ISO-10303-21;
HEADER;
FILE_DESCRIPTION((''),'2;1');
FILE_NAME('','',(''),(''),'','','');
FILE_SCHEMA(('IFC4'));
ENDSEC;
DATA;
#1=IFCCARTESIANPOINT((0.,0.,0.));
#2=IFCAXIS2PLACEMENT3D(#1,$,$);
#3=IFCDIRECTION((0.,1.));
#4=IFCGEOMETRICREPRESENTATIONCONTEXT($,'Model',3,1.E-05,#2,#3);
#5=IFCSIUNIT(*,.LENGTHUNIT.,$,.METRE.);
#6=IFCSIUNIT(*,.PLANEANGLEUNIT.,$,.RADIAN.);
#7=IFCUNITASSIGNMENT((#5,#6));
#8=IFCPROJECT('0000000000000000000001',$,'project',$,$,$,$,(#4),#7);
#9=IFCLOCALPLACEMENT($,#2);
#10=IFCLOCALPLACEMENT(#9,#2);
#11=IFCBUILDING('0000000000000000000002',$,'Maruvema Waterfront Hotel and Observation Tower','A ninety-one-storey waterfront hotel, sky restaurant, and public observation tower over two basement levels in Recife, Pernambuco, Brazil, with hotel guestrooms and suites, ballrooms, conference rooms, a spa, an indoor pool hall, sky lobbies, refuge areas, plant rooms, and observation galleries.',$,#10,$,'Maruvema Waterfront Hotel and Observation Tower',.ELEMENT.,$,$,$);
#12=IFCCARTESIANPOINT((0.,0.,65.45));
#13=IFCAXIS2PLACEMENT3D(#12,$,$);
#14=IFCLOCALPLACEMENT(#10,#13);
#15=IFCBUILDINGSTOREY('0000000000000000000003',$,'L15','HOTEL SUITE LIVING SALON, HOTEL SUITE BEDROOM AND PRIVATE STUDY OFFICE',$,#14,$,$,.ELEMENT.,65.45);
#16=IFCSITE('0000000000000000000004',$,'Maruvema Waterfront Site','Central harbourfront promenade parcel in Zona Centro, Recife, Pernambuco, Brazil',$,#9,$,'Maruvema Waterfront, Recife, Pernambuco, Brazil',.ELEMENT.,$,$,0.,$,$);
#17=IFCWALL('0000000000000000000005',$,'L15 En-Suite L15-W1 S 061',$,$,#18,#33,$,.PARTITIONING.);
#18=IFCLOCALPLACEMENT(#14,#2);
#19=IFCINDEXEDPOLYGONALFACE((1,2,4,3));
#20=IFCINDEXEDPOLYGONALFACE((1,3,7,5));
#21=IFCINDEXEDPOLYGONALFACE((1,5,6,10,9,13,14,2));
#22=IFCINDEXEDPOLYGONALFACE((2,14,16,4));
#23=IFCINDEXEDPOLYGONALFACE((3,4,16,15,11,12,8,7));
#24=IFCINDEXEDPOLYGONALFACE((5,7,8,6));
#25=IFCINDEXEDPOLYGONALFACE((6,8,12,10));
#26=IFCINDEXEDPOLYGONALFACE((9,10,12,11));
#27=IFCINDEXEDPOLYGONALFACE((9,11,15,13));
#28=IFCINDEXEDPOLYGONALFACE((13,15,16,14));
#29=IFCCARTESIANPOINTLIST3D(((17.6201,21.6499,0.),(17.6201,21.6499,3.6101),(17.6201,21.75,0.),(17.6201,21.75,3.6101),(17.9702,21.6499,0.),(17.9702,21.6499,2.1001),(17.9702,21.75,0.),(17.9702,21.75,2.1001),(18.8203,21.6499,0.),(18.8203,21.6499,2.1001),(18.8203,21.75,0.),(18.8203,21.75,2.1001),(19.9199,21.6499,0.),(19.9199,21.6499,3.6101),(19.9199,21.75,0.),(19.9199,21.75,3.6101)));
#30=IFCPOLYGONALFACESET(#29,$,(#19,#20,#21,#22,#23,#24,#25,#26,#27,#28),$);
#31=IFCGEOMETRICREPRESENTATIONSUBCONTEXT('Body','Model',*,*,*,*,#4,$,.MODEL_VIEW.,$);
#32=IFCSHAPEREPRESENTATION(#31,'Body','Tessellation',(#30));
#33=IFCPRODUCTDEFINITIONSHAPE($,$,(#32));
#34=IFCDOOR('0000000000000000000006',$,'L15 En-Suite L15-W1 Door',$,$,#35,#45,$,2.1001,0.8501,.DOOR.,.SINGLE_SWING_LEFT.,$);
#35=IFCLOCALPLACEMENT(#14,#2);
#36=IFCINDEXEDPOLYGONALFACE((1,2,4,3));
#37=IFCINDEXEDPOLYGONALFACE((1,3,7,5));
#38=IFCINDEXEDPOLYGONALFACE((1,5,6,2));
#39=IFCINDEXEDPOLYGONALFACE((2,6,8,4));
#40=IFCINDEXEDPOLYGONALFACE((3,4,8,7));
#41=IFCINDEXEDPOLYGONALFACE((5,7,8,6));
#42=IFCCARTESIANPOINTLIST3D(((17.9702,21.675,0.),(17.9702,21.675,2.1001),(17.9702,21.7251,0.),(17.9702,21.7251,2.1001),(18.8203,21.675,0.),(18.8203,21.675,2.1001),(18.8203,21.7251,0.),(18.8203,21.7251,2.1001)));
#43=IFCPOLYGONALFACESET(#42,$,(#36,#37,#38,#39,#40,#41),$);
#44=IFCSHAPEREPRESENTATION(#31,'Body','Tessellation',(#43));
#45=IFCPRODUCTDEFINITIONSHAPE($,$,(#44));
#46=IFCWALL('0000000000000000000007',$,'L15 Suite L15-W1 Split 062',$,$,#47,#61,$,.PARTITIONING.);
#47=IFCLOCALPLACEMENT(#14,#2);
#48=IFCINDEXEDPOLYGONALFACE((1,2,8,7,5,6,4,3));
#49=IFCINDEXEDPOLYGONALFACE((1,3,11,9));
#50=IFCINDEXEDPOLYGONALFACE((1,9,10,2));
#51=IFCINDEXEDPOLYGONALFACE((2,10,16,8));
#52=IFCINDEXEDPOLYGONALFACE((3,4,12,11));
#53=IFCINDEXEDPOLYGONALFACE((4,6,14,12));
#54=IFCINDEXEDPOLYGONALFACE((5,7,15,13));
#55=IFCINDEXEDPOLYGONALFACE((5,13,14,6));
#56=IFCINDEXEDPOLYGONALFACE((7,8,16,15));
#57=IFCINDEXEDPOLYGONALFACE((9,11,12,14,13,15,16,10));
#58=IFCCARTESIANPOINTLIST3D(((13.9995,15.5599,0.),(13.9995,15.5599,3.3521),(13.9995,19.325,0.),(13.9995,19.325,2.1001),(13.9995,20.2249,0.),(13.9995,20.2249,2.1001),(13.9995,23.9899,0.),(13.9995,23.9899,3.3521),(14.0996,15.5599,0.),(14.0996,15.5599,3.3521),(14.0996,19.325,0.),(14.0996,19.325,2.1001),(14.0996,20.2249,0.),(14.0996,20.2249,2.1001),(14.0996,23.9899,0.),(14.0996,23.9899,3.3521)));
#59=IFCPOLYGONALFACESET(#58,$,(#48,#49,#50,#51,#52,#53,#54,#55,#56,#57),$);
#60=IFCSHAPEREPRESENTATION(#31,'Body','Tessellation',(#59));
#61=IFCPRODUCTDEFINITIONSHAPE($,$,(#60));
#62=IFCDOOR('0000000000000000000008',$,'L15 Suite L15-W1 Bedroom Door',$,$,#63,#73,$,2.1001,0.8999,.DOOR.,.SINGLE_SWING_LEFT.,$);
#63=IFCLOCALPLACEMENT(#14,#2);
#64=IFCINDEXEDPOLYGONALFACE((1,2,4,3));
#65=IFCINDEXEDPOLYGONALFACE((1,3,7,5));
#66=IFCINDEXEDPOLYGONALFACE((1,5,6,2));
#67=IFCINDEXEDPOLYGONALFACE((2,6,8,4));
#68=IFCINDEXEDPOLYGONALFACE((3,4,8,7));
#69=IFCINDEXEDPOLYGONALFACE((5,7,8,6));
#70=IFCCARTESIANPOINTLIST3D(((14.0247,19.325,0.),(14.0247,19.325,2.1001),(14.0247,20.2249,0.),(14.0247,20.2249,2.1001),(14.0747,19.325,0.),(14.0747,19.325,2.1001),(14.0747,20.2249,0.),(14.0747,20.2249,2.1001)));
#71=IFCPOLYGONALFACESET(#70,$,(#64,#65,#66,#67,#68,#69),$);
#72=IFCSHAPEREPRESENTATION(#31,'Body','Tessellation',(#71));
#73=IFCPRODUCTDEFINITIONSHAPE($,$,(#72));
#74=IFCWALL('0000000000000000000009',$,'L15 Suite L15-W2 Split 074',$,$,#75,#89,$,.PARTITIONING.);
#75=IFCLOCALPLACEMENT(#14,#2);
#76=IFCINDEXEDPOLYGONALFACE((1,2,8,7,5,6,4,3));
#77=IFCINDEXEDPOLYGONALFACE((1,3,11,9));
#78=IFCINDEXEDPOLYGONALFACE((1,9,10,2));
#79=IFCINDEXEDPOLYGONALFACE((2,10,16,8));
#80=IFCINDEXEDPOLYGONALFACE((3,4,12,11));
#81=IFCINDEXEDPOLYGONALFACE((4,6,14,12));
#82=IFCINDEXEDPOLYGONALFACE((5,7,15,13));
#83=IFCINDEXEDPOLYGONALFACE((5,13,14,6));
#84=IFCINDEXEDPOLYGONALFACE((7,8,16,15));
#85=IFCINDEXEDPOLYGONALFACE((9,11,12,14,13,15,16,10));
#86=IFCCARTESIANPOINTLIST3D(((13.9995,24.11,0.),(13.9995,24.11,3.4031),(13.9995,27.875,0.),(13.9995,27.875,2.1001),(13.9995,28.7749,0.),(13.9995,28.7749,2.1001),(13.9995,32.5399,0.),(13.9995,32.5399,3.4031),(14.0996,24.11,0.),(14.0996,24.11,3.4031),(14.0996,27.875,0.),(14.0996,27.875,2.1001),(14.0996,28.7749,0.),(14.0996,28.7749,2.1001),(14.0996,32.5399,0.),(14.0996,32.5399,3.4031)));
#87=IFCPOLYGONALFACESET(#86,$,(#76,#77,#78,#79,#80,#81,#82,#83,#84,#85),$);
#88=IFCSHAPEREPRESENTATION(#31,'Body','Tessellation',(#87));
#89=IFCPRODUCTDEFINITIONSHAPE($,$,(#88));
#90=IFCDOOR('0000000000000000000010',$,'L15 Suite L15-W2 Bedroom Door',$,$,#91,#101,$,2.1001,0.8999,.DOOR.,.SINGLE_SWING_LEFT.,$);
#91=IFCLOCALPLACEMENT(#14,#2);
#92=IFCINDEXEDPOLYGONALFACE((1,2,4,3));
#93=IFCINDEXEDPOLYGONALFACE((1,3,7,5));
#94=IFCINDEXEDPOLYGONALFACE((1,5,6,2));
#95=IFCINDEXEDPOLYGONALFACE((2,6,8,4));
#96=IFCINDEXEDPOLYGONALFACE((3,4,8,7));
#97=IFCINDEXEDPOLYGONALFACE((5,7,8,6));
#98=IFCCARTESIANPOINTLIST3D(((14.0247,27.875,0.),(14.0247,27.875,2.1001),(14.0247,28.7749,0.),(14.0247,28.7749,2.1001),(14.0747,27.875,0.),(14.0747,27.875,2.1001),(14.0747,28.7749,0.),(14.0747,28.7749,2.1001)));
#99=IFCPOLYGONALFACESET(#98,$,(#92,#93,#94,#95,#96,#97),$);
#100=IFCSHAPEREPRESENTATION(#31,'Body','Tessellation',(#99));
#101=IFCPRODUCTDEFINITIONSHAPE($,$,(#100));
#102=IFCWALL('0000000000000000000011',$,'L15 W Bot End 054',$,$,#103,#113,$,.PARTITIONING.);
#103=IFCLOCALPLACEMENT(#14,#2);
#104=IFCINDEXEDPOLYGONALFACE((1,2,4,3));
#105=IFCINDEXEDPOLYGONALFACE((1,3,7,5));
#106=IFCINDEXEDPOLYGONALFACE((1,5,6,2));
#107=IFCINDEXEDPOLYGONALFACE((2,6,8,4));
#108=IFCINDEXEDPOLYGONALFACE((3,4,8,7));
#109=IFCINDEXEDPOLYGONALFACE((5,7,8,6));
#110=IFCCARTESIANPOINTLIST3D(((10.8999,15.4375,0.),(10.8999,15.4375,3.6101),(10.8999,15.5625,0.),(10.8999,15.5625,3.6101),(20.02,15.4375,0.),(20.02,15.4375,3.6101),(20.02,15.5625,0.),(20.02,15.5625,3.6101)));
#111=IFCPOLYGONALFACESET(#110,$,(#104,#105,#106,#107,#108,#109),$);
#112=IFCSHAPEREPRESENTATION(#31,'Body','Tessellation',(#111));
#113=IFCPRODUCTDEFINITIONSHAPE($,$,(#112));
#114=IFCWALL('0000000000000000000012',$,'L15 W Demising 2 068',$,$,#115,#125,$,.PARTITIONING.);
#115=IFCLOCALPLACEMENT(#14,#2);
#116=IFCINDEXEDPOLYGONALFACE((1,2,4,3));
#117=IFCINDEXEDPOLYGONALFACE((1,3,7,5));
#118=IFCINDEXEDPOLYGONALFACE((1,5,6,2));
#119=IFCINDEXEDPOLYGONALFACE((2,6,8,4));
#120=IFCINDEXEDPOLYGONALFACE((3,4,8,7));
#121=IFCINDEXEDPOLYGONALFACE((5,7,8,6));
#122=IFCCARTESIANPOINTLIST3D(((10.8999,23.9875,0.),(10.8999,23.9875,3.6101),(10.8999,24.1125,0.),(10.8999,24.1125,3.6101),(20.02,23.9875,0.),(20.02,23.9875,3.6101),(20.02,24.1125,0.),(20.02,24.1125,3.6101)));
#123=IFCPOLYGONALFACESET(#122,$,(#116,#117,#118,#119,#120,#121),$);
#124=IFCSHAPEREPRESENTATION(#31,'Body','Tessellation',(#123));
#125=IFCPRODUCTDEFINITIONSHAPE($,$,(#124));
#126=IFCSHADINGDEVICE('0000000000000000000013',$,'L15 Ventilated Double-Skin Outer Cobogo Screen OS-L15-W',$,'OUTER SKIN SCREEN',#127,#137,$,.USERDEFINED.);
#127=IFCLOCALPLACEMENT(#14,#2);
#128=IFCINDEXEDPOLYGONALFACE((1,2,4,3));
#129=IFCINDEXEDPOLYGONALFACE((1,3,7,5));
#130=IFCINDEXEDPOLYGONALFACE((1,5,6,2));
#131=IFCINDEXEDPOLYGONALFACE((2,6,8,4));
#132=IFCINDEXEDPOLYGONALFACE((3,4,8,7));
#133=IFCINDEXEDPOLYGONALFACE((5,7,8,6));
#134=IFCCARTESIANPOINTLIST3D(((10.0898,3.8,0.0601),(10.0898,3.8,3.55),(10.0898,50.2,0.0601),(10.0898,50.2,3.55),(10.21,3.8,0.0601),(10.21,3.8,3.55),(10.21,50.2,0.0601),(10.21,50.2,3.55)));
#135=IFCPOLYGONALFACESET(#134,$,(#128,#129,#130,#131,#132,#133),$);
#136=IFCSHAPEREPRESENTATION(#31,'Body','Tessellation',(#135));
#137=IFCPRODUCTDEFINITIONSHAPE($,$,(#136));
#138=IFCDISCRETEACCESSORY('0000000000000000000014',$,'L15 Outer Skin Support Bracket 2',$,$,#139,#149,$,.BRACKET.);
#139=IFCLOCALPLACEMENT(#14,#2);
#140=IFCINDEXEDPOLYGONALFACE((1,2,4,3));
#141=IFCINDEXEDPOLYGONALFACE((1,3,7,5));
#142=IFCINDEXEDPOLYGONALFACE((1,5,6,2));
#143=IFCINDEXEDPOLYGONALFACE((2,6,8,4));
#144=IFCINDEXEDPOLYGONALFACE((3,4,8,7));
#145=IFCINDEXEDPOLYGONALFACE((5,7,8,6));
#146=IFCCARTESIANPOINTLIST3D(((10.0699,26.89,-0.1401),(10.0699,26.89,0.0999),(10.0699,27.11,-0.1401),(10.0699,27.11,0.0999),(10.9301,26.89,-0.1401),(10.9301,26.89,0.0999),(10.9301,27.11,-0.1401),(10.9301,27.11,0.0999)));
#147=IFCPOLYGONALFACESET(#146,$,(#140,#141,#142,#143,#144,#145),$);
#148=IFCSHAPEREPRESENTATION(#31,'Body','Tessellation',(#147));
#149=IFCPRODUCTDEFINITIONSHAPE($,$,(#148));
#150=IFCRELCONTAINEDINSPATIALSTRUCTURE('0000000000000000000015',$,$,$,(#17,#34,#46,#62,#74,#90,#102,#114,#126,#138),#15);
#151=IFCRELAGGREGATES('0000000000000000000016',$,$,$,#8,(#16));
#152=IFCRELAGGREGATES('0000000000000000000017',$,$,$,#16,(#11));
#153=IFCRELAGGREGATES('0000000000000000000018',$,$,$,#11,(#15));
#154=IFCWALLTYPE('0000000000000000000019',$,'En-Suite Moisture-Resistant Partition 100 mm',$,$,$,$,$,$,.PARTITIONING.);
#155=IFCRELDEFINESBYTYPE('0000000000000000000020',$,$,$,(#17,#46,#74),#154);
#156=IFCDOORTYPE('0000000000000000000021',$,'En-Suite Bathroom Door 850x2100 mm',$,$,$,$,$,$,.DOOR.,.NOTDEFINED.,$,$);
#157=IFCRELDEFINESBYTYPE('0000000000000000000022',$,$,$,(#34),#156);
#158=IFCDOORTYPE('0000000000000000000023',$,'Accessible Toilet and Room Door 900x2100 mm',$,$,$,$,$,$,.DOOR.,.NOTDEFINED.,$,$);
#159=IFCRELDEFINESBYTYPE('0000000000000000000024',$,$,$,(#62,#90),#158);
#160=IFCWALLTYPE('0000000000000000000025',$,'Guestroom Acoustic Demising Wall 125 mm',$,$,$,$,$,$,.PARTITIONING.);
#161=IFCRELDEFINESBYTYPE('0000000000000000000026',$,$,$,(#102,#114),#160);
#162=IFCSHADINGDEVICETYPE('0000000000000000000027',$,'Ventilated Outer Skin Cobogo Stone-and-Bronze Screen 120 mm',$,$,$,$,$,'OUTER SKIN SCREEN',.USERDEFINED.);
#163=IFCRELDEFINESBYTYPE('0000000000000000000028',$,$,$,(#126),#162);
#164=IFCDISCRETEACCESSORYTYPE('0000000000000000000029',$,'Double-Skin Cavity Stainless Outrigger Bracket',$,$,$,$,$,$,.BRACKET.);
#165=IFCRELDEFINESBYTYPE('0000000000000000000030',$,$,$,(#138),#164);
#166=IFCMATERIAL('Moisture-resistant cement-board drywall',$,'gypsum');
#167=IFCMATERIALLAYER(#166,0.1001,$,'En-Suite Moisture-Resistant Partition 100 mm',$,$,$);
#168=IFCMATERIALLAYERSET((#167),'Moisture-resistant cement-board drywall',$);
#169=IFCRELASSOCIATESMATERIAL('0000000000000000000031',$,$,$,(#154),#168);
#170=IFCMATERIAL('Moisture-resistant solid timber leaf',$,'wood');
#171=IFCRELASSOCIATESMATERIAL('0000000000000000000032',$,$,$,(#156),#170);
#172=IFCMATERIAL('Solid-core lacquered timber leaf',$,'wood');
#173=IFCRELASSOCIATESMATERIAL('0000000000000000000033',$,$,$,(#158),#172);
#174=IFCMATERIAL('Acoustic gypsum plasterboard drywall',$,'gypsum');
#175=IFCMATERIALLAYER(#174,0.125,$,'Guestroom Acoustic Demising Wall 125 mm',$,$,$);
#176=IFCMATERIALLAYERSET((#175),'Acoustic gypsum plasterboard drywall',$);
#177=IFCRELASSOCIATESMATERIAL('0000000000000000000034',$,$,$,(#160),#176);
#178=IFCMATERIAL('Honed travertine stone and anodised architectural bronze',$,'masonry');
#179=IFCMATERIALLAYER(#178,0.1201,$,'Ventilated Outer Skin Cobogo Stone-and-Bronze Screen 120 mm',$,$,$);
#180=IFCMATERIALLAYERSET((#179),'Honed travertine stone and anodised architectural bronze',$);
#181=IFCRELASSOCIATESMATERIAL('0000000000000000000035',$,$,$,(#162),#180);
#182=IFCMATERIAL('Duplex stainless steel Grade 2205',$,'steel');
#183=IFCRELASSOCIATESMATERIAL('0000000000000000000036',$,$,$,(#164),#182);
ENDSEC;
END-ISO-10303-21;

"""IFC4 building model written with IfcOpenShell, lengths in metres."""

from ifc_helpers import new_model, si_unit, direction, frame, frame_2d, origin, origin_2d, place, context, subcontext, project, spatial, rectangle, extrude, material, layer, layer_set, type_object, element, fill, save


model = new_model("IFC4")

# Units and contexts
model_context = context("Model", 3, precision=1e-05, world=origin(), true_north=direction((0.0, 1.0)))
body_context = subcontext(model_context, "Body", "Model", "MODEL_VIEW")
ifc_project = project(units=[si_unit("LENGTHUNIT", "METRE"), si_unit("PLANEANGLEUNIT", "RADIAN")], contexts=[model_context])

# Site, building, storey
site_placement = place(None, origin())
site = spatial("IfcSite", under=ifc_project, at=site_placement, Name="Maruvema Waterfront Site", Description="Central harbourfront promenade parcel in Zona Centro, Recife, Pernambuco, Brazil", LongName="Maruvema Waterfront, Recife, Pernambuco, Brazil", CompositionType="ELEMENT", RefElevation=0.0)
building_placement = place(site_placement, origin())
building = spatial("IfcBuilding", under=site, at=building_placement, Name="Maruvema Waterfront Hotel and Observation Tower", Description="A ninety-one-storey waterfront hotel, sky restaurant, and public observation tower over two basement levels in Recife, Pernambuco, Brazil, with hotel guestrooms and suites, ballrooms, conference rooms, a spa, an indoor pool hall, sky lobbies, refuge areas, plant rooms, and observation galleries.", LongName="Maruvema Waterfront Hotel and Observation Tower", CompositionType="ELEMENT")
storey_placement = place(building_placement, frame((0.0, 0.0, 65.45)))
storey = spatial("IfcBuildingStorey", under=building, at=storey_placement, Name="L15", Description="HOTEL SUITE LIVING SALON, HOTEL SUITE BEDROOM AND PRIVATE STUDY OFFICE", CompositionType="ELEMENT", Elevation=65.45)

# Shared definitions
ifc_material_1 = material(Name="Moisture-resistant cement-board drywall", Category="gypsum")
ifc_layer_1 = layer(ifc_material_1, 0.1001, Name="En-Suite Moisture-Resistant Partition 100 mm")
ifc_layer_set_1 = layer_set([ifc_layer_1], Name="Moisture-resistant cement-board drywall")
wall_type_1 = type_object("IfcWallType", Name="En-Suite Moisture-Resistant Partition 100 mm", PredefinedType="PARTITIONING", material=ifc_layer_set_1)

# Walls, openings, doors
wall_1_placement = place(storey_placement, frame((17.6201, 21.7, 0.0), z_axis=(0.0, 0.0, 1.0), x_axis=(1.0, 0.0, 0.0)))
wall_1 = element("IfcWall", 1, at=wall_1_placement, inside=storey, type_object=wall_type_1, Name="L15 En-Suite L15-W1 S 061", PredefinedType="PARTITIONING", context=body_context, shape_type="SweptSolid", body=[
    extrude(rectangle(XDim=2.2998, YDim=0.1001, at=frame_2d((1.1499, 0.0))), origin(), (0.0, 0.0, 1.0), 3.6101),
])
opening_1_placement = place(wall_1_placement, frame((0.3501, 0.0, 0.0)))
opening_1 = element("IfcOpeningElement", 2, at=opening_1_placement, cuts=wall_1, PredefinedType="OPENING", context=body_context, shape_type="SweptSolid", body=[
    extrude(rectangle(XDim=0.8501, YDim=2.1001, at=frame_2d((0.425, 1.05))), frame((0.0, 0.0601, 0.0), z_axis=(0.0, -1.0, 0.0), x_axis=(1.0, 0.0, 0.0)), (0.0, 0.0, 1.0), 0.1201),
])
ifc_material_2 = material(Name="Moisture-resistant solid timber leaf", Category="wood")
door_type_1 = type_object("IfcDoorType", Name="En-Suite Bathroom Door 850x2100 mm", OperationType="NOTDEFINED", PredefinedType="DOOR", material=ifc_material_2)
door_1_placement = place(opening_1_placement, frame((0.8501, 0.0, 0.0), z_axis=(0.0, 0.0, 1.0), x_axis=(-1.0, 0.0, 0.0)))
door_1 = element("IfcDoor", 3, at=door_1_placement, inside=storey, type_object=door_type_1, Name="L15 En-Suite L15-W1 Door", OperationType="SINGLE_SWING_LEFT", OverallHeight=2.1001, OverallWidth=0.8501, PredefinedType="DOOR", context=body_context, shape_type="SweptSolid", body=[
    extrude(rectangle(XDim=0.8501, YDim=2.1001, at=frame_2d((0.425, 1.05))), frame((0.0, 0.0249, 0.0), z_axis=(0.0, -1.0, 0.0), x_axis=(1.0, 0.0, 0.0)), (0.0, 0.0, 1.0), 0.05),
])
fill(opening_1, door_1)
wall_2_placement = place(storey_placement, frame((14.0496, 15.5601, 0.0), z_axis=(0.0, 0.0, 1.0), x_axis=(0.0, 1.0, 0.0)))
wall_2 = element("IfcWall", 4, at=wall_2_placement, inside=storey, type_object=wall_type_1, Name="L15 Suite L15-W1 Split 062", PredefinedType="PARTITIONING", context=body_context, shape_type="SweptSolid", body=[
    extrude(rectangle(XDim=8.4299, YDim=0.1001, at=frame_2d((4.2148, 0.0))), origin(), (0.0, 0.0, 1.0), 3.3521),
])
opening_2_placement = place(wall_2_placement, frame((3.7649, 0.0, 0.0)))
opening_2 = element("IfcOpeningElement", 5, at=opening_2_placement, cuts=wall_2, PredefinedType="OPENING", context=body_context, shape_type="SweptSolid", body=[
    extrude(rectangle(XDim=0.8999, YDim=2.1001, at=frame_2d((0.45, 1.05))), frame((0.0, 0.0601, 0.0), z_axis=(0.0, -1.0, 0.0), x_axis=(1.0, 0.0, 0.0)), (0.0, 0.0, 1.0), 0.1201),
])
ifc_material_3 = material(Name="Solid-core lacquered timber leaf", Category="wood")
door_type_2 = type_object("IfcDoorType", Name="Accessible Toilet and Room Door 900x2100 mm", OperationType="NOTDEFINED", PredefinedType="DOOR", material=ifc_material_3)
door_2_placement = place(opening_2_placement, origin())
door_2 = element("IfcDoor", 6, at=door_2_placement, inside=storey, type_object=door_type_2, Name="L15 Suite L15-W1 Bedroom Door", OperationType="SINGLE_SWING_LEFT", OverallHeight=2.1001, OverallWidth=0.8999, PredefinedType="DOOR", context=body_context, shape_type="SweptSolid", body=[
    extrude(rectangle(XDim=0.8999, YDim=2.1001, at=frame_2d((0.45, 1.05))), frame((0.0, 0.0249, 0.0), z_axis=(0.0, -1.0, 0.0), x_axis=(1.0, 0.0, 0.0)), (0.0, 0.0, 1.0), 0.05),
])
fill(opening_2, door_2)
wall_3_placement = place(storey_placement, frame((14.0496, 24.1101, 0.0), z_axis=(0.0, 0.0, 1.0), x_axis=(0.0, 1.0, 0.0)))
wall_3 = element("IfcWall", 7, at=wall_3_placement, inside=storey, type_object=wall_type_1, Name="L15 Suite L15-W2 Split 074", PredefinedType="PARTITIONING", context=body_context, shape_type="SweptSolid", body=[
    extrude(rectangle(XDim=8.4299, YDim=0.1001, at=frame_2d((4.2148, 0.0))), origin(), (0.0, 0.0, 1.0), 3.4031),
])
opening_3_placement = place(wall_3_placement, frame((3.7649, 0.0, 0.0)))
opening_3 = element("IfcOpeningElement", 8, at=opening_3_placement, cuts=wall_3, PredefinedType="OPENING", context=body_context, shape_type="SweptSolid", body=[
    extrude(rectangle(XDim=0.8999, YDim=2.1001, at=frame_2d((0.45, 1.05))), frame((0.0, 0.0601, 0.0), z_axis=(0.0, -1.0, 0.0), x_axis=(1.0, 0.0, 0.0)), (0.0, 0.0, 1.0), 0.1201),
])
door_3_placement = place(opening_3_placement, origin())
door_3 = element("IfcDoor", 9, at=door_3_placement, inside=storey, type_object=door_type_2, Name="L15 Suite L15-W2 Bedroom Door", OperationType="SINGLE_SWING_LEFT", OverallHeight=2.1001, OverallWidth=0.8999, PredefinedType="DOOR", context=body_context, shape_type="SweptSolid", body=[
    extrude(rectangle(XDim=0.8999, YDim=2.1001, at=frame_2d((0.45, 1.05))), frame((0.0, 0.0249, 0.0), z_axis=(0.0, -1.0, 0.0), x_axis=(1.0, 0.0, 0.0)), (0.0, 0.0, 1.0), 0.05),
])
fill(opening_3, door_3)

# Walls
ifc_material_4 = material(Name="Acoustic gypsum plasterboard drywall", Category="gypsum")
ifc_layer_2 = layer(ifc_material_4, 0.125, Name="Guestroom Acoustic Demising Wall 125 mm")
ifc_layer_set_2 = layer_set([ifc_layer_2], Name="Acoustic gypsum plasterboard drywall")
wall_type_2 = type_object("IfcWallType", Name="Guestroom Acoustic Demising Wall 125 mm", PredefinedType="PARTITIONING", material=ifc_layer_set_2)
for number, where, z_axis, x_axis, name in (
    (10, (10.8999, 15.5, 0.0), (0.0, 0.0, 1.0), (1.0, 0.0, 0.0), "L15 W Bot End 054"),
    (11, (10.8999, 24.05, 0.0), (0.0, 0.0, 1.0), (1.0, 0.0, 0.0), "L15 W Demising 2 068"),
):
    element("IfcWall", number, at=place(storey_placement, frame(where, z_axis=z_axis, x_axis=x_axis)), inside=storey, type_object=wall_type_2, Name=name, PredefinedType="PARTITIONING", context=body_context, shape_type="SweptSolid", body=[
        extrude(rectangle(XDim=9.1201, YDim=0.125, at=frame_2d((4.5601, 0.0))), origin(), (0.0, 0.0, 1.0), 3.6101),
    ])

# Shading device
ifc_material_5 = material(Name="Honed travertine stone and anodised architectural bronze", Category="masonry")
ifc_layer_3 = layer(ifc_material_5, 0.1201, Name="Ventilated Outer Skin Cobogo Stone-and-Bronze Screen 120 mm")
ifc_layer_set_3 = layer_set([ifc_layer_3], Name="Honed travertine stone and anodised architectural bronze")
shading_device_type = type_object("IfcShadingDeviceType", Name="Ventilated Outer Skin Cobogo Stone-and-Bronze Screen 120 mm", ElementType="OUTER SKIN SCREEN", PredefinedType="USERDEFINED", material=ifc_layer_set_3)
shading_device_placement = place(storey_placement, frame((10.1499, 27.0, 0.0601), z_axis=(0.0, 0.0, 1.0), x_axis=(0.0, -1.0, 0.0)))
element("IfcShadingDevice", 12, at=shading_device_placement, inside=storey, type_object=shading_device_type, Name="L15 Ventilated Double-Skin Outer Cobogo Screen OS-L15-W", ObjectType="OUTER SKIN SCREEN", PredefinedType="USERDEFINED", context=body_context, shape_type="SweptSolid", body=[
    extrude(rectangle(XDim=46.3999, YDim=0.1201, at=origin_2d()), origin(), (0.0, 0.0, 1.0), 3.49),
])

# Discrete accessory
ifc_material_6 = material(Name="Duplex stainless steel Grade 2205", Category="steel")
discrete_accessory_type = type_object("IfcDiscreteAccessoryType", Name="Double-Skin Cavity Stainless Outrigger Bracket", PredefinedType="BRACKET", material=ifc_material_6)
discrete_accessory_placement = place(storey_placement, frame((10.5, 27.0, -0.1401), z_axis=(0.0, 0.0, 1.0), x_axis=(0.0, -1.0, 0.0)))
element("IfcDiscreteAccessory", 13, at=discrete_accessory_placement, inside=storey, type_object=discrete_accessory_type, Name="L15 Outer Skin Support Bracket 2", PredefinedType="BRACKET", context=body_context, shape_type="SweptSolid", body=[
    extrude(rectangle(XDim=0.22, YDim=0.8601, at=origin_2d()), origin(), (0.0, 0.0, 1.0), 0.24),
])

save(model, "model.ifc")
